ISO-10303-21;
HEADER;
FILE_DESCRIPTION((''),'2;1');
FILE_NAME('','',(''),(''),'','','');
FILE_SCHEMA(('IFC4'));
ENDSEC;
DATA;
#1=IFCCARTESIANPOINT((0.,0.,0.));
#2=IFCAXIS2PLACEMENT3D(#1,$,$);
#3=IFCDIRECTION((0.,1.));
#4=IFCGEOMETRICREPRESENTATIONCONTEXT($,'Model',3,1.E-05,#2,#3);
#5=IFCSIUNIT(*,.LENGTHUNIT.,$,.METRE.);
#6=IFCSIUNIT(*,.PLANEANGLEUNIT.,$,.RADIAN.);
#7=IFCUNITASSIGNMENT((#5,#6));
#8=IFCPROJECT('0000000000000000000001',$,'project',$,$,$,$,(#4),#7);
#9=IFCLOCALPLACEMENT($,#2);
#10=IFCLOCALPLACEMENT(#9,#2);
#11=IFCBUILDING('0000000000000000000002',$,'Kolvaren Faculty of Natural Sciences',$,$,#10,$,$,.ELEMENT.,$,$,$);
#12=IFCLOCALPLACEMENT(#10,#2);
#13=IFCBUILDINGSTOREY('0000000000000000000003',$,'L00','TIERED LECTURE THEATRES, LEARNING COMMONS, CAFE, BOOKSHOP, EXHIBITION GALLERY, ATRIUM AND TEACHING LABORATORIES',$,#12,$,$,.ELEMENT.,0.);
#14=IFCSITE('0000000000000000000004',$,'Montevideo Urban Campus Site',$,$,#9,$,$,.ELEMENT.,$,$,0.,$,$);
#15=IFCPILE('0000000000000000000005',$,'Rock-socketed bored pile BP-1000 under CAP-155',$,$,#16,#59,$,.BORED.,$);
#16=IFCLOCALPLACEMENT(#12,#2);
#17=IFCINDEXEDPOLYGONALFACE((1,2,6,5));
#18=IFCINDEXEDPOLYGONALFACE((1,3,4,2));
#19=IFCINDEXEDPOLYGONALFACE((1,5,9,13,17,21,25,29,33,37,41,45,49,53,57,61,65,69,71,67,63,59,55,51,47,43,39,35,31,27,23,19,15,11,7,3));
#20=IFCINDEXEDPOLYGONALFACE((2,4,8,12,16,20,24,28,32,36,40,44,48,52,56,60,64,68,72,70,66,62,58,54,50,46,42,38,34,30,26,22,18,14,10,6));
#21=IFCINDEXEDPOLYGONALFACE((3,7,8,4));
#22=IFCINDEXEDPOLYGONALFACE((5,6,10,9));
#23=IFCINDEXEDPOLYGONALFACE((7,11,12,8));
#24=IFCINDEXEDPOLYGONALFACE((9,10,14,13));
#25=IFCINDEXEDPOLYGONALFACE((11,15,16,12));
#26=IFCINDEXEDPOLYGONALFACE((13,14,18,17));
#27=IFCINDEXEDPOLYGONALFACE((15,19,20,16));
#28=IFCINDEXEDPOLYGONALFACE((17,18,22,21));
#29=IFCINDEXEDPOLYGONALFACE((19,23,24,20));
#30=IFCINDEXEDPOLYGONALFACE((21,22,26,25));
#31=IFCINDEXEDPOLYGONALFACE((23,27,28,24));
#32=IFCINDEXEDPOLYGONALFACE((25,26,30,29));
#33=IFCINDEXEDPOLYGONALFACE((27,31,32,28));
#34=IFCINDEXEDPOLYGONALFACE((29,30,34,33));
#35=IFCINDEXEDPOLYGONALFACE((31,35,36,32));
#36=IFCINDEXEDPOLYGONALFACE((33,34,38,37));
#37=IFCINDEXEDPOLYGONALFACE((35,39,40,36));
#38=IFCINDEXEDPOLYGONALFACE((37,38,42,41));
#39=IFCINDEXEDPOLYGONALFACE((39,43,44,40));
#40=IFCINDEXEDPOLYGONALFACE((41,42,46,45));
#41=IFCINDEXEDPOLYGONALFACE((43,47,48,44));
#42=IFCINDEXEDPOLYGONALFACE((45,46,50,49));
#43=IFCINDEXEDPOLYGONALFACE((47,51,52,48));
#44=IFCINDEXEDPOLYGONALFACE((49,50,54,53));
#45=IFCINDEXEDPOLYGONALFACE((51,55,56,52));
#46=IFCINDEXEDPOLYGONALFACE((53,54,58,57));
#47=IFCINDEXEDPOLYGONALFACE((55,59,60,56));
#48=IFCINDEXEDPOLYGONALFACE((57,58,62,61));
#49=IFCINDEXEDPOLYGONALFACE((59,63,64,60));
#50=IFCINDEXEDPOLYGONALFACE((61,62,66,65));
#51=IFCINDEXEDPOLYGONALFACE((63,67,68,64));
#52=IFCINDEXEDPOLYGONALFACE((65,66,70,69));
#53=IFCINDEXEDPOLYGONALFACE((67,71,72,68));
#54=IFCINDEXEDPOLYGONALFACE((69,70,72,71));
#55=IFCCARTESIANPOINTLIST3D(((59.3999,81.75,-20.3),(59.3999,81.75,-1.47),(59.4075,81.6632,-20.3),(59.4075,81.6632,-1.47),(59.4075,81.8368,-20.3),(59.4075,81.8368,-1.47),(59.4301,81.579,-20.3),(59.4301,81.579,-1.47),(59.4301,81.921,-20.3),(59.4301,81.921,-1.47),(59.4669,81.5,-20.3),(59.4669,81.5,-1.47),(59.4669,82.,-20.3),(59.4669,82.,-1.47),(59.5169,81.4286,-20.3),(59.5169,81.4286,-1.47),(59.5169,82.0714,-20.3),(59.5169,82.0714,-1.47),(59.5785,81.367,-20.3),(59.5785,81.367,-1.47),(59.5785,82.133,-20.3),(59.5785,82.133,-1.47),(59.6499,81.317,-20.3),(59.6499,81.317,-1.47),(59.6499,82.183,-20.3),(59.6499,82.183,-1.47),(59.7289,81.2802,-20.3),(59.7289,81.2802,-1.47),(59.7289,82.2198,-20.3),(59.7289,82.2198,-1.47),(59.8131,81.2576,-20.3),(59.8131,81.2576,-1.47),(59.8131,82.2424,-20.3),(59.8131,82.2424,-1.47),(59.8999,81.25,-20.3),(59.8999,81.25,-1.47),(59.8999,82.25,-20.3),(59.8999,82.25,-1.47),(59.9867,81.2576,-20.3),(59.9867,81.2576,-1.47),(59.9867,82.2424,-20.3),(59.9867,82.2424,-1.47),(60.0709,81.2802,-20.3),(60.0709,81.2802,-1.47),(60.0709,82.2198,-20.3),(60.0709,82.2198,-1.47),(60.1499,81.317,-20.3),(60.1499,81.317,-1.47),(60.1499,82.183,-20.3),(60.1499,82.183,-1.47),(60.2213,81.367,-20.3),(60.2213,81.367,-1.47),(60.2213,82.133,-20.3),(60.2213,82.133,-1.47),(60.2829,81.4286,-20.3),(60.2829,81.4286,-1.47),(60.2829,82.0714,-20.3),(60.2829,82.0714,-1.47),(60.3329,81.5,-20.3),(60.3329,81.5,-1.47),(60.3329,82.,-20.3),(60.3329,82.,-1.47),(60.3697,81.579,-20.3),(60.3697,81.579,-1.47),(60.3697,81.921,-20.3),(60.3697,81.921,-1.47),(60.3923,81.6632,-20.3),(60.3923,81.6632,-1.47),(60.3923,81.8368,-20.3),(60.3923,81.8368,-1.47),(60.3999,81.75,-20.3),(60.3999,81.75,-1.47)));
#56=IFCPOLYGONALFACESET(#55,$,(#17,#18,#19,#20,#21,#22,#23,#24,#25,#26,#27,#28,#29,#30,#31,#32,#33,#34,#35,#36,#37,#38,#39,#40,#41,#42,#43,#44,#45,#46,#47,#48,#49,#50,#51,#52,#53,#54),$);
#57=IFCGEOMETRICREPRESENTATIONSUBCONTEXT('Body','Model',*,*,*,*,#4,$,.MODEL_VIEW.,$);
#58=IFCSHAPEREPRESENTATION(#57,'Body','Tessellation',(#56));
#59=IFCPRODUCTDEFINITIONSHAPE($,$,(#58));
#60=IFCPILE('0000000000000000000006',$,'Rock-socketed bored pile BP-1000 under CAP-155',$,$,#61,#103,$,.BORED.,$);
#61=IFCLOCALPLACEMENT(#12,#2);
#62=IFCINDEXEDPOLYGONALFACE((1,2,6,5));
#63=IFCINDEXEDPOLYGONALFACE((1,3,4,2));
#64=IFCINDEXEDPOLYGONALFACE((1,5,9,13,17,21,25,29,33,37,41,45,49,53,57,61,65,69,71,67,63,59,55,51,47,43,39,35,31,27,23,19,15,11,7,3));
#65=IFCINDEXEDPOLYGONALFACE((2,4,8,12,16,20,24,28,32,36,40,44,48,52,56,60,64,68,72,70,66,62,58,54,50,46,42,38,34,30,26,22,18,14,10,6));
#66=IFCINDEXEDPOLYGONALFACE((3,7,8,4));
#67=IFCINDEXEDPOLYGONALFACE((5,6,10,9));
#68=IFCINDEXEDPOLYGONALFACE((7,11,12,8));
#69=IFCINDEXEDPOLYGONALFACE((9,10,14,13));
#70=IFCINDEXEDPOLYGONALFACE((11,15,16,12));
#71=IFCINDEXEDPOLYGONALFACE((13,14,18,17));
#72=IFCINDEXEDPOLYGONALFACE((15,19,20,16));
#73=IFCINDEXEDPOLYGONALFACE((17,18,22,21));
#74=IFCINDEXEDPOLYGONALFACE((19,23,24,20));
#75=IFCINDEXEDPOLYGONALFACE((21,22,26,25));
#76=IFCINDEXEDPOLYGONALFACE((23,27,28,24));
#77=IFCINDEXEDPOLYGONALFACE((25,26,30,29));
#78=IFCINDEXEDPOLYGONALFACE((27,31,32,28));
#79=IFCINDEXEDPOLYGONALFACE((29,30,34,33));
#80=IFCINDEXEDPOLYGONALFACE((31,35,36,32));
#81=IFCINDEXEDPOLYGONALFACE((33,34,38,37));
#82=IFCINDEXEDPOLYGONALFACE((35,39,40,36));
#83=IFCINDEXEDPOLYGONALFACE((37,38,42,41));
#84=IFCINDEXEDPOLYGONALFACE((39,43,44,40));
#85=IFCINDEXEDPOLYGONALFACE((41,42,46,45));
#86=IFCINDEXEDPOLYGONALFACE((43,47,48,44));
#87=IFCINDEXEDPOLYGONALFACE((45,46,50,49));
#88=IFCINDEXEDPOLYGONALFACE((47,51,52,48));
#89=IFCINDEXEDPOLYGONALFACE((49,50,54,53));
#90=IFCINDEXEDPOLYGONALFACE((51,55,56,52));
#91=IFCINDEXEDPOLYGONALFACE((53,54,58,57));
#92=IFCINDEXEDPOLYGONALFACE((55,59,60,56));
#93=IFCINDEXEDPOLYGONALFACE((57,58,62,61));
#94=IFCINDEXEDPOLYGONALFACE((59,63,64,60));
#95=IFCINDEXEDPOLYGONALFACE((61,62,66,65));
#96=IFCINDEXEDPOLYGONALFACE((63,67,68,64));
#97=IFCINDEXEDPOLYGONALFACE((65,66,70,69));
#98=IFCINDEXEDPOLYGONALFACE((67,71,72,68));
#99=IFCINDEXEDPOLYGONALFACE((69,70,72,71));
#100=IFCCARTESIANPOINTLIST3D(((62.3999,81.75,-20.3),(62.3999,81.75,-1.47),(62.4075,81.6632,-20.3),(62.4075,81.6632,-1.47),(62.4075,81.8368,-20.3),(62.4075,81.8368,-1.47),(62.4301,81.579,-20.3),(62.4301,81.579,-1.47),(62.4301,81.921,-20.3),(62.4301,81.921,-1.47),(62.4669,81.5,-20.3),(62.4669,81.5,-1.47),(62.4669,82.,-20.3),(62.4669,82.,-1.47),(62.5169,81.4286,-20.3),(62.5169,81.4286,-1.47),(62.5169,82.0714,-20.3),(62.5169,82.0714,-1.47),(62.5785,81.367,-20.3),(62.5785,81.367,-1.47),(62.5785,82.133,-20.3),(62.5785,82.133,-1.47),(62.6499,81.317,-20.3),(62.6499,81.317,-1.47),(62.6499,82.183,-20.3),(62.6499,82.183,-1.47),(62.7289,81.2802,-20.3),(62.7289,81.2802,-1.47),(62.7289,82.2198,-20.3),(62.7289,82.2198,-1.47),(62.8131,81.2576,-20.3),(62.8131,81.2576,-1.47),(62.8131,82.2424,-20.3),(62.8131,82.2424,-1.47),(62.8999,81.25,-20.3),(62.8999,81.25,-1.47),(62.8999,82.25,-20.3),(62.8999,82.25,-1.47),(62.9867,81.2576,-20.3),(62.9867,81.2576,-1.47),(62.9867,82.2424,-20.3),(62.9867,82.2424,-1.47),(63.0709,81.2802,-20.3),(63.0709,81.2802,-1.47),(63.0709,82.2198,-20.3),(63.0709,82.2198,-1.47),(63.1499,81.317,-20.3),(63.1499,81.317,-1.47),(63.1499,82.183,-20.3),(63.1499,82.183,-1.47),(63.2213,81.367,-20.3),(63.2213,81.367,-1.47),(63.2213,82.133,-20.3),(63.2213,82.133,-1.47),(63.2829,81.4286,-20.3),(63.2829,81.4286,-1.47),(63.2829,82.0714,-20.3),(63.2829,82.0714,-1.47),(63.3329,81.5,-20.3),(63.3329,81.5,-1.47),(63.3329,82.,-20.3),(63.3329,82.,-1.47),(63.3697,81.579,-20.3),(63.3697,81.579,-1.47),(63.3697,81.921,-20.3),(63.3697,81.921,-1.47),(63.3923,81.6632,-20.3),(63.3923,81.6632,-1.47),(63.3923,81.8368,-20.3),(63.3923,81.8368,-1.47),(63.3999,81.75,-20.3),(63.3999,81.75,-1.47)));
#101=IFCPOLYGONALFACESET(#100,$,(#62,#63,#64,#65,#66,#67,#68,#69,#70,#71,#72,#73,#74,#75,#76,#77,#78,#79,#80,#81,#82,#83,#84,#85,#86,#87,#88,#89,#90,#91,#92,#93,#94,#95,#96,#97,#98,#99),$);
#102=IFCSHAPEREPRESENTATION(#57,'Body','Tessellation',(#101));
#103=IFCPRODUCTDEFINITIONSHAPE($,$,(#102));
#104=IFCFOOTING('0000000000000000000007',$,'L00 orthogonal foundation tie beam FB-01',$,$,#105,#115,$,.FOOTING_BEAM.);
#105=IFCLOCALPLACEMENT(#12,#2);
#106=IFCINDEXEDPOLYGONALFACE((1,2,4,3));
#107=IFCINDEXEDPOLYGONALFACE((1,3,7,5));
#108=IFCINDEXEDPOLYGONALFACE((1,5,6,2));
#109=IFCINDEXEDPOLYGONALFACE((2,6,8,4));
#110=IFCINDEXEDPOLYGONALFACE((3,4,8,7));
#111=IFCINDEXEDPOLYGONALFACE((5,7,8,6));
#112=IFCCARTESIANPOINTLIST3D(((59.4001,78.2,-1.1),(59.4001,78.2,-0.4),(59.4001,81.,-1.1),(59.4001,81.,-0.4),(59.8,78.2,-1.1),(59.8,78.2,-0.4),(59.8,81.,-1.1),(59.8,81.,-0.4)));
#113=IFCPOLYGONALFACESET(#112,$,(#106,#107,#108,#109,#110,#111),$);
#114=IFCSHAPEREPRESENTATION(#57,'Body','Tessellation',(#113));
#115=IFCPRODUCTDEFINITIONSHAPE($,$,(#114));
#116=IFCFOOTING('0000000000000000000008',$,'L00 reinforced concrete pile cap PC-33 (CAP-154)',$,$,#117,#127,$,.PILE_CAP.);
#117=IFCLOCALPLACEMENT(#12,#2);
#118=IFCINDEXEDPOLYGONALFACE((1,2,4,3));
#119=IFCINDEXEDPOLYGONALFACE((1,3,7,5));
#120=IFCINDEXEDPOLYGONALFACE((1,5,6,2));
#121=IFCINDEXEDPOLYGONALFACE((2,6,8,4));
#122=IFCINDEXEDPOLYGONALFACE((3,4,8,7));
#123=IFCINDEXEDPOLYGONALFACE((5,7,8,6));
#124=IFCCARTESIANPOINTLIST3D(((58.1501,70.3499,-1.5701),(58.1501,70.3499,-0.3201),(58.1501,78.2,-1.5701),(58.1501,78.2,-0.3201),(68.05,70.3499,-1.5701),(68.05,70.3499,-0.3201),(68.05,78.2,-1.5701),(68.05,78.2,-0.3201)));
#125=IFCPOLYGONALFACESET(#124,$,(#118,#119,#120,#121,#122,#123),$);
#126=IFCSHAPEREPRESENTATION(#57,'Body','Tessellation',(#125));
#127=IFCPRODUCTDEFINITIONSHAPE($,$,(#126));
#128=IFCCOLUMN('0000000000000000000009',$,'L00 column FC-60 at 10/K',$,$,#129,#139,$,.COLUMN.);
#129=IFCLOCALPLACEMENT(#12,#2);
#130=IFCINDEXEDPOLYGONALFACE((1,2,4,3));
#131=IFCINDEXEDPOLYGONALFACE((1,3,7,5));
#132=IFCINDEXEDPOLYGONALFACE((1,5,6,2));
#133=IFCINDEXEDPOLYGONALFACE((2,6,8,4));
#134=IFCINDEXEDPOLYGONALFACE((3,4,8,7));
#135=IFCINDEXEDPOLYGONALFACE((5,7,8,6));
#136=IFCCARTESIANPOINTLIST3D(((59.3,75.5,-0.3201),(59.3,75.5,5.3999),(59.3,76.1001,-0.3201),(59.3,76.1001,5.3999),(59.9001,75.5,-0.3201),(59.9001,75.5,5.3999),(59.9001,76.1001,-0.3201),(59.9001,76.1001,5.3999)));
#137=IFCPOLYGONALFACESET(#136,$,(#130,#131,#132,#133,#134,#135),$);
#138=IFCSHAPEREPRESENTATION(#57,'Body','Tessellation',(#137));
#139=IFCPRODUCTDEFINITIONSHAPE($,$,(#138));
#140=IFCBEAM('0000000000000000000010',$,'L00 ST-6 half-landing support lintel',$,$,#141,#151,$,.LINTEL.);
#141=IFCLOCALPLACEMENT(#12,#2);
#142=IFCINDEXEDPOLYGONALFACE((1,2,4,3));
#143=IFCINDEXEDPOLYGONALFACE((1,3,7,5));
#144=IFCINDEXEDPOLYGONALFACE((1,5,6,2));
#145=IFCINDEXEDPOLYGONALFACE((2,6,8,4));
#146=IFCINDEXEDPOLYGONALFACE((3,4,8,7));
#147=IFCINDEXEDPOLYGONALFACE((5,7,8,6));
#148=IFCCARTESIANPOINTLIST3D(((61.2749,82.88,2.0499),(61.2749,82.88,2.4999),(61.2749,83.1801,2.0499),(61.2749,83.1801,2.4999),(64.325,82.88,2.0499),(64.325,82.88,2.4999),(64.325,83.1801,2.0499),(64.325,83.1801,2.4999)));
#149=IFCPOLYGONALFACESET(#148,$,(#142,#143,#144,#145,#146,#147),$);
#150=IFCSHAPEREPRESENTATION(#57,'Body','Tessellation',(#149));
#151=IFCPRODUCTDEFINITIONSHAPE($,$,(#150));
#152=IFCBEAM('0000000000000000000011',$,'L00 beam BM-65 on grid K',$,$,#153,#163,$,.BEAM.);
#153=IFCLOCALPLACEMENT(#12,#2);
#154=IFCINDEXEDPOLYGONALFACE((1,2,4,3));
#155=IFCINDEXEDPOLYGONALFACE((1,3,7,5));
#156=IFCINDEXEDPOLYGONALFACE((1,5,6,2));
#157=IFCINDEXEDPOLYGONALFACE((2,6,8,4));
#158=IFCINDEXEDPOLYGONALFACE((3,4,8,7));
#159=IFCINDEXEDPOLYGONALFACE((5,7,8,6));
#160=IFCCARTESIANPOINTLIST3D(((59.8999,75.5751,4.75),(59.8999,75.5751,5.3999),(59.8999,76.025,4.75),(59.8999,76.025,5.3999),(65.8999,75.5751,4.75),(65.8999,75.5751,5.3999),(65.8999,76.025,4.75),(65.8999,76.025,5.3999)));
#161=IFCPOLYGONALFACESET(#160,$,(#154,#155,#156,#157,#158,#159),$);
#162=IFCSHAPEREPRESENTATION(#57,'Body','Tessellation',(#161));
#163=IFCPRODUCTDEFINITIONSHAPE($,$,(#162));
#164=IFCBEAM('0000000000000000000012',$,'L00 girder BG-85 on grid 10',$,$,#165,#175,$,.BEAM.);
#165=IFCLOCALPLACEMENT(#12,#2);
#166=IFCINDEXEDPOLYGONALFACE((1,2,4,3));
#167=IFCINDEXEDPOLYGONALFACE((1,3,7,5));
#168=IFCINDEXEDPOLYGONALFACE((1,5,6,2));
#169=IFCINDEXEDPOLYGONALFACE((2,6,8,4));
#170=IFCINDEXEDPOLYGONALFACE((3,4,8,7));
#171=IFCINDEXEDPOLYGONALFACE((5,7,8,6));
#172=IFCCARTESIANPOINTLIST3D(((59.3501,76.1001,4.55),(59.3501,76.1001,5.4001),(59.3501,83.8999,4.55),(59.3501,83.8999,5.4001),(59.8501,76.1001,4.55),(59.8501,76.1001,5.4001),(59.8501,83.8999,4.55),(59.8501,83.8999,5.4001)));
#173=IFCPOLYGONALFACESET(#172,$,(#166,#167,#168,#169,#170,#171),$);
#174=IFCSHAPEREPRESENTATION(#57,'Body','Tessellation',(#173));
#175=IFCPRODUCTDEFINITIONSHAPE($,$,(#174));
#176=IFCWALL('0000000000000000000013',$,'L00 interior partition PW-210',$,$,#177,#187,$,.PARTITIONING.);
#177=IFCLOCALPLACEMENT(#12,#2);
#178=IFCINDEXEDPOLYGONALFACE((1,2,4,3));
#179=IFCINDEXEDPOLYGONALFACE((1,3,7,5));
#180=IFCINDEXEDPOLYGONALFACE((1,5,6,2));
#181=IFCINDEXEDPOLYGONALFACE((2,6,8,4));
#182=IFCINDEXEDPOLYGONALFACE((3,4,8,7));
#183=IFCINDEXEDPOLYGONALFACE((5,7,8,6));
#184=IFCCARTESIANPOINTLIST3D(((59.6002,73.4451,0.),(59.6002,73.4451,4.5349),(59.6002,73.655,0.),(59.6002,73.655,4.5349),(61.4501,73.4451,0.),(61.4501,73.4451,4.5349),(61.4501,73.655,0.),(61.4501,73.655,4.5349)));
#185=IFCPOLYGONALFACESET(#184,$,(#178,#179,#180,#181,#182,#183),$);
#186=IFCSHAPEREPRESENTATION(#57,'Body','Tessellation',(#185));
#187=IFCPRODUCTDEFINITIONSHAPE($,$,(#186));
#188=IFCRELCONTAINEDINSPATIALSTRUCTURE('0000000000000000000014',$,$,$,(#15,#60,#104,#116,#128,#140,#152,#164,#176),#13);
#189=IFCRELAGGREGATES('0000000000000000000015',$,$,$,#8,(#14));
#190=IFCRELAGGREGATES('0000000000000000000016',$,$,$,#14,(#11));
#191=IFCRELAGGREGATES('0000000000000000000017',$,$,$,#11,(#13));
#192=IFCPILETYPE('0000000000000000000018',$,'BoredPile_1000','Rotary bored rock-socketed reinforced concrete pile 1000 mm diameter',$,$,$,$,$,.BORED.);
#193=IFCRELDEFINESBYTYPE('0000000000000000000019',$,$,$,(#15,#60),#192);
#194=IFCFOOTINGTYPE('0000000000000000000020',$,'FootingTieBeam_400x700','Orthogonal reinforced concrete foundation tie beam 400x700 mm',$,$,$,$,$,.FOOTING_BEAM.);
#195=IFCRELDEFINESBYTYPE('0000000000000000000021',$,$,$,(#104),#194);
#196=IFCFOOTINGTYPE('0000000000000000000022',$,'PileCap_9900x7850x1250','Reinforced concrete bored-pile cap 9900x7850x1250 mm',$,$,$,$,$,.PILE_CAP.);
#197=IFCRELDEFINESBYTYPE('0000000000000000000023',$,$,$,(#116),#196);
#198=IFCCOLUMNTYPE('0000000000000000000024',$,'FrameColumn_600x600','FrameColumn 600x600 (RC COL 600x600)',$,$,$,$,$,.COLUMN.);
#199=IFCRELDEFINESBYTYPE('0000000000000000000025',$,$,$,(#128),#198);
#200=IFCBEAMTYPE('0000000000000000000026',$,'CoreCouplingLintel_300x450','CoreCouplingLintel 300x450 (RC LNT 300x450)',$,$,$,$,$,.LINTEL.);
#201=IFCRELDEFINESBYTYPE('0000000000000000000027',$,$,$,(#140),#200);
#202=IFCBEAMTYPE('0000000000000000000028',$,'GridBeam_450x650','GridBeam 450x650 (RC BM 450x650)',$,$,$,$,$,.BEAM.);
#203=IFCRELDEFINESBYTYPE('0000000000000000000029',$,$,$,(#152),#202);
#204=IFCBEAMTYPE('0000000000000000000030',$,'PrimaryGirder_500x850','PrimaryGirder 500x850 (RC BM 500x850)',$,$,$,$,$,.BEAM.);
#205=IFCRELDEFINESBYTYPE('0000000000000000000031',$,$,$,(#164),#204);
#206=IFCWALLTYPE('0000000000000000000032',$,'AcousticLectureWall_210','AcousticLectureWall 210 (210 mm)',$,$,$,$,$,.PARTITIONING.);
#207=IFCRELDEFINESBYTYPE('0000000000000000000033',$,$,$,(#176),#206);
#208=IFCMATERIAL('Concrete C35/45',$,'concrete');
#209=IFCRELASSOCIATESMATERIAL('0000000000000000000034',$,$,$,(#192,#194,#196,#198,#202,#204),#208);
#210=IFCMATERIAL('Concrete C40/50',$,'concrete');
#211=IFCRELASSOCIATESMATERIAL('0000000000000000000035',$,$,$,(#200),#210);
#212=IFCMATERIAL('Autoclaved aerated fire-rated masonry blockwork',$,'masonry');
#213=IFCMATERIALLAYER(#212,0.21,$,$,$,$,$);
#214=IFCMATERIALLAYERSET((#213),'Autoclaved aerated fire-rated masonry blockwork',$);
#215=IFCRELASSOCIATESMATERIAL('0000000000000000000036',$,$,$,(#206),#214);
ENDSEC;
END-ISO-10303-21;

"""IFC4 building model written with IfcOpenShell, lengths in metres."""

from ifc_helpers import new_model, si_unit, direction, frame, frame_2d, origin, origin_2d, place, context, subcontext, project, spatial, rectangle, circle, extrude, material, layer, layer_set, material_profile, profile_set, type_object, element, save


model = new_model("IFC4")

# Units and contexts
model_context = context("Model", 3, precision=1e-05, world=origin(), true_north=direction((0.0, 1.0)))
body_context = subcontext(model_context, "Body", "Model", "MODEL_VIEW")
ifc_project = project(units=[si_unit("LENGTHUNIT", "METRE"), si_unit("PLANEANGLEUNIT", "RADIAN")], contexts=[model_context])

# Site, building, storey
site_placement = place(None, origin())
site = spatial("IfcSite", under=ifc_project, at=site_placement, Name="Montevideo Urban Campus Site", CompositionType="ELEMENT", RefElevation=0.0)
building_placement = place(site_placement, origin())
building = spatial("IfcBuilding", under=site, at=building_placement, Name="Kolvaren Faculty of Natural Sciences", CompositionType="ELEMENT")
storey_placement = place(building_placement, origin())
storey = spatial("IfcBuildingStorey", under=building, at=storey_placement, Name="L00", Description="TIERED LECTURE THEATRES, LEARNING COMMONS, CAFE, BOOKSHOP, EXHIBITION GALLERY, ATRIUM AND TEACHING LABORATORIES", CompositionType="ELEMENT", Elevation=0.0)

# Piles
ifc_material_1 = material(Name="Concrete C35/45", Category="concrete")
ifc_material_profile_1 = material_profile(ifc_material_1, circle(Radius=0.5, at=origin_2d()), Name="PILE D1000")
ifc_profile_set_1 = profile_set([ifc_material_profile_1], Name="Concrete C35/45")
pile_type = type_object("IfcPileType", Name="BoredPile_1000", Description="Rotary bored rock-socketed reinforced concrete pile 1000 mm diameter", PredefinedType="BORED", material=ifc_profile_set_1)
for number, where, z_axis, x_axis, name in (
    (1, (59.8999, 81.75, -1.47), (0.0, 0.0, -1.0), (1.0, 0.0, 0.0), "Rock-socketed bored pile BP-1000 under CAP-155"),
    (2, (62.8999, 81.75, -1.47), (0.0, 0.0, -1.0), (1.0, 0.0, 0.0), "Rock-socketed bored pile BP-1000 under CAP-155"),
):
    element("IfcPile", number, at=place(storey_placement, frame(where, z_axis=z_axis, x_axis=x_axis)), inside=storey, type_object=pile_type, Name=name, PredefinedType="BORED", context=body_context, shape_type="SweptSolid", body=[
        extrude(circle(Radius=0.5, at=origin_2d()), origin(), (0.0, 0.0, 1.0), 18.8301),
    ])

# Footings
ifc_material_profile_2 = material_profile(ifc_material_1, rectangle(XDim=0.3999, YDim=0.7, at=origin_2d()), Name="RC FB 400x700")
ifc_profile_set_2 = profile_set([ifc_material_profile_2], Name="Concrete C35/45")
footing_type_1 = type_object("IfcFootingType", Name="FootingTieBeam_400x700", Description="Orthogonal reinforced concrete foundation tie beam 400x700 mm", PredefinedType="FOOTING_BEAM", material=ifc_profile_set_2)
footing_1_placement = place(storey_placement, frame((59.6001, 78.2, -0.75), z_axis=(0.0, 1.0, 0.0), x_axis=(-1.0, 0.0, 0.0)))
element("IfcFooting", 3, at=footing_1_placement, inside=storey, type_object=footing_type_1, Name="L00 orthogonal foundation tie beam FB-01", PredefinedType="FOOTING_BEAM", context=body_context, shape_type="SweptSolid", body=[
    extrude(rectangle(XDim=0.3999, YDim=0.7, at=origin_2d()), origin(), (0.0, 0.0, 1.0), 2.8),
])
footing_type_2 = type_object("IfcFootingType", Name="PileCap_9900x7850x1250", Description="Reinforced concrete bored-pile cap 9900x7850x1250 mm", PredefinedType="PILE_CAP", material=ifc_material_1)
footing_2_placement = place(storey_placement, frame((63.1001, 74.2749, -1.5701), z_axis=(0.0, 0.0, 1.0), x_axis=(1.0, 0.0, 0.0)))
element("IfcFooting", 4, at=footing_2_placement, inside=storey, type_object=footing_type_2, Name="L00 reinforced concrete pile cap PC-33 (CAP-154)", PredefinedType="PILE_CAP", context=body_context, shape_type="SweptSolid", body=[
    extrude(rectangle(XDim=9.8999, YDim=7.8501, at=origin_2d()), origin(), (0.0, 0.0, 1.0), 1.25),
])

# Column
ifc_material_profile_3 = material_profile(ifc_material_1, rectangle(XDim=0.6001, YDim=0.6001, at=origin_2d()), Name="RC COL 600x600")
ifc_profile_set_3 = profile_set([ifc_material_profile_3], Name="Concrete C35/45")
column_type = type_object("IfcColumnType", Name="FrameColumn_600x600", Description="FrameColumn 600x600 (RC COL 600x600)", PredefinedType="COLUMN", material=ifc_profile_set_3)
column_placement = place(storey_placement, frame((59.6001, 75.8, -0.3201), z_axis=(0.0, 0.0, 1.0), x_axis=(1.0, 0.0, 0.0)))
element("IfcColumn", 5, at=column_placement, inside=storey, type_object=column_type, Name="L00 column FC-60 at 10/K", PredefinedType="COLUMN", context=body_context, shape_type="SweptSolid", body=[
    extrude(rectangle(XDim=0.6001, YDim=0.6001, at=origin_2d()), origin(), (0.0, 0.0, 1.0), 5.72),
])

# Beams
ifc_material_2 = material(Name="Concrete C40/50", Category="concrete")
ifc_material_profile_4 = material_profile(ifc_material_2, rectangle(XDim=0.3, YDim=0.45, at=origin_2d()), Name="RC LNT 300x450")
ifc_profile_set_4 = profile_set([ifc_material_profile_4], Name="Concrete C40/50")
beam_type_1 = type_object("IfcBeamType", Name="CoreCouplingLintel_300x450", Description="CoreCouplingLintel 300x450 (RC LNT 300x450)", PredefinedType="LINTEL", material=ifc_profile_set_4)
beam_1_placement = place(storey_placement, frame((61.2749, 83.03, 2.2749), z_axis=(1.0, 0.0, 0.0), x_axis=(0.0, 1.0, 0.0)))
element("IfcBeam", 6, at=beam_1_placement, inside=storey, type_object=beam_type_1, Name="L00 ST-6 half-landing support lintel", PredefinedType="LINTEL", context=body_context, shape_type="SweptSolid", body=[
    extrude(rectangle(XDim=0.3, YDim=0.45, at=origin_2d()), origin(), (0.0, 0.0, 1.0), 3.05),
])
ifc_material_profile_5 = material_profile(ifc_material_1, rectangle(XDim=0.45, YDim=0.6499, at=origin_2d()), Name="RC BM 450x650")
ifc_profile_set_5 = profile_set([ifc_material_profile_5], Name="Concrete C35/45")
beam_type_2 = type_object("IfcBeamType", Name="GridBeam_450x650", Description="GridBeam 450x650 (RC BM 450x650)", PredefinedType="BEAM", material=ifc_profile_set_5)
beam_2_placement = place(storey_placement, frame((59.8999, 75.8, 5.075), z_axis=(1.0, 0.0, 0.0), x_axis=(0.0, 1.0, 0.0)))
element("IfcBeam", 7, at=beam_2_placement, inside=storey, type_object=beam_type_2, Name="L00 beam BM-65 on grid K", PredefinedType="BEAM", context=body_context, shape_type="SweptSolid", body=[
    extrude(rectangle(XDim=0.45, YDim=0.6499, at=origin_2d()), origin(), (0.0, 0.0, 1.0), 6.0),
])
ifc_material_profile_6 = material_profile(ifc_material_1, rectangle(XDim=0.5, YDim=0.8501, at=origin_2d()), Name="RC BM 500x850")
ifc_profile_set_6 = profile_set([ifc_material_profile_6], Name="Concrete C35/45")
beam_type_3 = type_object("IfcBeamType", Name="PrimaryGirder_500x850", Description="PrimaryGirder 500x850 (RC BM 500x850)", PredefinedType="BEAM", material=ifc_profile_set_6)
beam_3_placement = place(storey_placement, frame((59.6001, 76.1001, 4.9751), z_axis=(0.0, 1.0, 0.0), x_axis=(-1.0, 0.0, 0.0)))
element("IfcBeam", 8, at=beam_3_placement, inside=storey, type_object=beam_type_3, Name="L00 girder BG-85 on grid 10", PredefinedType="BEAM", context=body_context, shape_type="SweptSolid", body=[
    extrude(rectangle(XDim=0.5, YDim=0.8501, at=origin_2d()), origin(), (0.0, 0.0, 1.0), 7.7998),
])

# Wall
ifc_material_3 = material(Name="Autoclaved aerated fire-rated masonry blockwork", Category="masonry")
ifc_layer_1 = layer(ifc_material_3, 0.21)
ifc_layer_set_1 = layer_set([ifc_layer_1], Name="Autoclaved aerated fire-rated masonry blockwork")
wall_type_1 = type_object("IfcWallType", Name="AcousticLectureWall_210", Description="AcousticLectureWall 210 (210 mm)", PredefinedType="PARTITIONING", material=ifc_layer_set_1)
wall_1_placement = place(storey_placement, frame((61.45, 73.55, 0.0), z_axis=(0.0, 0.0, 1.0), x_axis=(-1.0, 0.0, 0.0)))
element("IfcWall", 9, at=wall_1_placement, inside=storey, type_object=wall_type_1, Name="L00 interior partition PW-210", PredefinedType="PARTITIONING", context=body_context, shape_type="SweptSolid", body=[
    extrude(rectangle(XDim=1.8499, YDim=0.21, at=frame_2d((0.9248, 0.0))), origin(), (0.0, 0.0, 1.0), 4.5349),
])

save(model, "model.ifc")
